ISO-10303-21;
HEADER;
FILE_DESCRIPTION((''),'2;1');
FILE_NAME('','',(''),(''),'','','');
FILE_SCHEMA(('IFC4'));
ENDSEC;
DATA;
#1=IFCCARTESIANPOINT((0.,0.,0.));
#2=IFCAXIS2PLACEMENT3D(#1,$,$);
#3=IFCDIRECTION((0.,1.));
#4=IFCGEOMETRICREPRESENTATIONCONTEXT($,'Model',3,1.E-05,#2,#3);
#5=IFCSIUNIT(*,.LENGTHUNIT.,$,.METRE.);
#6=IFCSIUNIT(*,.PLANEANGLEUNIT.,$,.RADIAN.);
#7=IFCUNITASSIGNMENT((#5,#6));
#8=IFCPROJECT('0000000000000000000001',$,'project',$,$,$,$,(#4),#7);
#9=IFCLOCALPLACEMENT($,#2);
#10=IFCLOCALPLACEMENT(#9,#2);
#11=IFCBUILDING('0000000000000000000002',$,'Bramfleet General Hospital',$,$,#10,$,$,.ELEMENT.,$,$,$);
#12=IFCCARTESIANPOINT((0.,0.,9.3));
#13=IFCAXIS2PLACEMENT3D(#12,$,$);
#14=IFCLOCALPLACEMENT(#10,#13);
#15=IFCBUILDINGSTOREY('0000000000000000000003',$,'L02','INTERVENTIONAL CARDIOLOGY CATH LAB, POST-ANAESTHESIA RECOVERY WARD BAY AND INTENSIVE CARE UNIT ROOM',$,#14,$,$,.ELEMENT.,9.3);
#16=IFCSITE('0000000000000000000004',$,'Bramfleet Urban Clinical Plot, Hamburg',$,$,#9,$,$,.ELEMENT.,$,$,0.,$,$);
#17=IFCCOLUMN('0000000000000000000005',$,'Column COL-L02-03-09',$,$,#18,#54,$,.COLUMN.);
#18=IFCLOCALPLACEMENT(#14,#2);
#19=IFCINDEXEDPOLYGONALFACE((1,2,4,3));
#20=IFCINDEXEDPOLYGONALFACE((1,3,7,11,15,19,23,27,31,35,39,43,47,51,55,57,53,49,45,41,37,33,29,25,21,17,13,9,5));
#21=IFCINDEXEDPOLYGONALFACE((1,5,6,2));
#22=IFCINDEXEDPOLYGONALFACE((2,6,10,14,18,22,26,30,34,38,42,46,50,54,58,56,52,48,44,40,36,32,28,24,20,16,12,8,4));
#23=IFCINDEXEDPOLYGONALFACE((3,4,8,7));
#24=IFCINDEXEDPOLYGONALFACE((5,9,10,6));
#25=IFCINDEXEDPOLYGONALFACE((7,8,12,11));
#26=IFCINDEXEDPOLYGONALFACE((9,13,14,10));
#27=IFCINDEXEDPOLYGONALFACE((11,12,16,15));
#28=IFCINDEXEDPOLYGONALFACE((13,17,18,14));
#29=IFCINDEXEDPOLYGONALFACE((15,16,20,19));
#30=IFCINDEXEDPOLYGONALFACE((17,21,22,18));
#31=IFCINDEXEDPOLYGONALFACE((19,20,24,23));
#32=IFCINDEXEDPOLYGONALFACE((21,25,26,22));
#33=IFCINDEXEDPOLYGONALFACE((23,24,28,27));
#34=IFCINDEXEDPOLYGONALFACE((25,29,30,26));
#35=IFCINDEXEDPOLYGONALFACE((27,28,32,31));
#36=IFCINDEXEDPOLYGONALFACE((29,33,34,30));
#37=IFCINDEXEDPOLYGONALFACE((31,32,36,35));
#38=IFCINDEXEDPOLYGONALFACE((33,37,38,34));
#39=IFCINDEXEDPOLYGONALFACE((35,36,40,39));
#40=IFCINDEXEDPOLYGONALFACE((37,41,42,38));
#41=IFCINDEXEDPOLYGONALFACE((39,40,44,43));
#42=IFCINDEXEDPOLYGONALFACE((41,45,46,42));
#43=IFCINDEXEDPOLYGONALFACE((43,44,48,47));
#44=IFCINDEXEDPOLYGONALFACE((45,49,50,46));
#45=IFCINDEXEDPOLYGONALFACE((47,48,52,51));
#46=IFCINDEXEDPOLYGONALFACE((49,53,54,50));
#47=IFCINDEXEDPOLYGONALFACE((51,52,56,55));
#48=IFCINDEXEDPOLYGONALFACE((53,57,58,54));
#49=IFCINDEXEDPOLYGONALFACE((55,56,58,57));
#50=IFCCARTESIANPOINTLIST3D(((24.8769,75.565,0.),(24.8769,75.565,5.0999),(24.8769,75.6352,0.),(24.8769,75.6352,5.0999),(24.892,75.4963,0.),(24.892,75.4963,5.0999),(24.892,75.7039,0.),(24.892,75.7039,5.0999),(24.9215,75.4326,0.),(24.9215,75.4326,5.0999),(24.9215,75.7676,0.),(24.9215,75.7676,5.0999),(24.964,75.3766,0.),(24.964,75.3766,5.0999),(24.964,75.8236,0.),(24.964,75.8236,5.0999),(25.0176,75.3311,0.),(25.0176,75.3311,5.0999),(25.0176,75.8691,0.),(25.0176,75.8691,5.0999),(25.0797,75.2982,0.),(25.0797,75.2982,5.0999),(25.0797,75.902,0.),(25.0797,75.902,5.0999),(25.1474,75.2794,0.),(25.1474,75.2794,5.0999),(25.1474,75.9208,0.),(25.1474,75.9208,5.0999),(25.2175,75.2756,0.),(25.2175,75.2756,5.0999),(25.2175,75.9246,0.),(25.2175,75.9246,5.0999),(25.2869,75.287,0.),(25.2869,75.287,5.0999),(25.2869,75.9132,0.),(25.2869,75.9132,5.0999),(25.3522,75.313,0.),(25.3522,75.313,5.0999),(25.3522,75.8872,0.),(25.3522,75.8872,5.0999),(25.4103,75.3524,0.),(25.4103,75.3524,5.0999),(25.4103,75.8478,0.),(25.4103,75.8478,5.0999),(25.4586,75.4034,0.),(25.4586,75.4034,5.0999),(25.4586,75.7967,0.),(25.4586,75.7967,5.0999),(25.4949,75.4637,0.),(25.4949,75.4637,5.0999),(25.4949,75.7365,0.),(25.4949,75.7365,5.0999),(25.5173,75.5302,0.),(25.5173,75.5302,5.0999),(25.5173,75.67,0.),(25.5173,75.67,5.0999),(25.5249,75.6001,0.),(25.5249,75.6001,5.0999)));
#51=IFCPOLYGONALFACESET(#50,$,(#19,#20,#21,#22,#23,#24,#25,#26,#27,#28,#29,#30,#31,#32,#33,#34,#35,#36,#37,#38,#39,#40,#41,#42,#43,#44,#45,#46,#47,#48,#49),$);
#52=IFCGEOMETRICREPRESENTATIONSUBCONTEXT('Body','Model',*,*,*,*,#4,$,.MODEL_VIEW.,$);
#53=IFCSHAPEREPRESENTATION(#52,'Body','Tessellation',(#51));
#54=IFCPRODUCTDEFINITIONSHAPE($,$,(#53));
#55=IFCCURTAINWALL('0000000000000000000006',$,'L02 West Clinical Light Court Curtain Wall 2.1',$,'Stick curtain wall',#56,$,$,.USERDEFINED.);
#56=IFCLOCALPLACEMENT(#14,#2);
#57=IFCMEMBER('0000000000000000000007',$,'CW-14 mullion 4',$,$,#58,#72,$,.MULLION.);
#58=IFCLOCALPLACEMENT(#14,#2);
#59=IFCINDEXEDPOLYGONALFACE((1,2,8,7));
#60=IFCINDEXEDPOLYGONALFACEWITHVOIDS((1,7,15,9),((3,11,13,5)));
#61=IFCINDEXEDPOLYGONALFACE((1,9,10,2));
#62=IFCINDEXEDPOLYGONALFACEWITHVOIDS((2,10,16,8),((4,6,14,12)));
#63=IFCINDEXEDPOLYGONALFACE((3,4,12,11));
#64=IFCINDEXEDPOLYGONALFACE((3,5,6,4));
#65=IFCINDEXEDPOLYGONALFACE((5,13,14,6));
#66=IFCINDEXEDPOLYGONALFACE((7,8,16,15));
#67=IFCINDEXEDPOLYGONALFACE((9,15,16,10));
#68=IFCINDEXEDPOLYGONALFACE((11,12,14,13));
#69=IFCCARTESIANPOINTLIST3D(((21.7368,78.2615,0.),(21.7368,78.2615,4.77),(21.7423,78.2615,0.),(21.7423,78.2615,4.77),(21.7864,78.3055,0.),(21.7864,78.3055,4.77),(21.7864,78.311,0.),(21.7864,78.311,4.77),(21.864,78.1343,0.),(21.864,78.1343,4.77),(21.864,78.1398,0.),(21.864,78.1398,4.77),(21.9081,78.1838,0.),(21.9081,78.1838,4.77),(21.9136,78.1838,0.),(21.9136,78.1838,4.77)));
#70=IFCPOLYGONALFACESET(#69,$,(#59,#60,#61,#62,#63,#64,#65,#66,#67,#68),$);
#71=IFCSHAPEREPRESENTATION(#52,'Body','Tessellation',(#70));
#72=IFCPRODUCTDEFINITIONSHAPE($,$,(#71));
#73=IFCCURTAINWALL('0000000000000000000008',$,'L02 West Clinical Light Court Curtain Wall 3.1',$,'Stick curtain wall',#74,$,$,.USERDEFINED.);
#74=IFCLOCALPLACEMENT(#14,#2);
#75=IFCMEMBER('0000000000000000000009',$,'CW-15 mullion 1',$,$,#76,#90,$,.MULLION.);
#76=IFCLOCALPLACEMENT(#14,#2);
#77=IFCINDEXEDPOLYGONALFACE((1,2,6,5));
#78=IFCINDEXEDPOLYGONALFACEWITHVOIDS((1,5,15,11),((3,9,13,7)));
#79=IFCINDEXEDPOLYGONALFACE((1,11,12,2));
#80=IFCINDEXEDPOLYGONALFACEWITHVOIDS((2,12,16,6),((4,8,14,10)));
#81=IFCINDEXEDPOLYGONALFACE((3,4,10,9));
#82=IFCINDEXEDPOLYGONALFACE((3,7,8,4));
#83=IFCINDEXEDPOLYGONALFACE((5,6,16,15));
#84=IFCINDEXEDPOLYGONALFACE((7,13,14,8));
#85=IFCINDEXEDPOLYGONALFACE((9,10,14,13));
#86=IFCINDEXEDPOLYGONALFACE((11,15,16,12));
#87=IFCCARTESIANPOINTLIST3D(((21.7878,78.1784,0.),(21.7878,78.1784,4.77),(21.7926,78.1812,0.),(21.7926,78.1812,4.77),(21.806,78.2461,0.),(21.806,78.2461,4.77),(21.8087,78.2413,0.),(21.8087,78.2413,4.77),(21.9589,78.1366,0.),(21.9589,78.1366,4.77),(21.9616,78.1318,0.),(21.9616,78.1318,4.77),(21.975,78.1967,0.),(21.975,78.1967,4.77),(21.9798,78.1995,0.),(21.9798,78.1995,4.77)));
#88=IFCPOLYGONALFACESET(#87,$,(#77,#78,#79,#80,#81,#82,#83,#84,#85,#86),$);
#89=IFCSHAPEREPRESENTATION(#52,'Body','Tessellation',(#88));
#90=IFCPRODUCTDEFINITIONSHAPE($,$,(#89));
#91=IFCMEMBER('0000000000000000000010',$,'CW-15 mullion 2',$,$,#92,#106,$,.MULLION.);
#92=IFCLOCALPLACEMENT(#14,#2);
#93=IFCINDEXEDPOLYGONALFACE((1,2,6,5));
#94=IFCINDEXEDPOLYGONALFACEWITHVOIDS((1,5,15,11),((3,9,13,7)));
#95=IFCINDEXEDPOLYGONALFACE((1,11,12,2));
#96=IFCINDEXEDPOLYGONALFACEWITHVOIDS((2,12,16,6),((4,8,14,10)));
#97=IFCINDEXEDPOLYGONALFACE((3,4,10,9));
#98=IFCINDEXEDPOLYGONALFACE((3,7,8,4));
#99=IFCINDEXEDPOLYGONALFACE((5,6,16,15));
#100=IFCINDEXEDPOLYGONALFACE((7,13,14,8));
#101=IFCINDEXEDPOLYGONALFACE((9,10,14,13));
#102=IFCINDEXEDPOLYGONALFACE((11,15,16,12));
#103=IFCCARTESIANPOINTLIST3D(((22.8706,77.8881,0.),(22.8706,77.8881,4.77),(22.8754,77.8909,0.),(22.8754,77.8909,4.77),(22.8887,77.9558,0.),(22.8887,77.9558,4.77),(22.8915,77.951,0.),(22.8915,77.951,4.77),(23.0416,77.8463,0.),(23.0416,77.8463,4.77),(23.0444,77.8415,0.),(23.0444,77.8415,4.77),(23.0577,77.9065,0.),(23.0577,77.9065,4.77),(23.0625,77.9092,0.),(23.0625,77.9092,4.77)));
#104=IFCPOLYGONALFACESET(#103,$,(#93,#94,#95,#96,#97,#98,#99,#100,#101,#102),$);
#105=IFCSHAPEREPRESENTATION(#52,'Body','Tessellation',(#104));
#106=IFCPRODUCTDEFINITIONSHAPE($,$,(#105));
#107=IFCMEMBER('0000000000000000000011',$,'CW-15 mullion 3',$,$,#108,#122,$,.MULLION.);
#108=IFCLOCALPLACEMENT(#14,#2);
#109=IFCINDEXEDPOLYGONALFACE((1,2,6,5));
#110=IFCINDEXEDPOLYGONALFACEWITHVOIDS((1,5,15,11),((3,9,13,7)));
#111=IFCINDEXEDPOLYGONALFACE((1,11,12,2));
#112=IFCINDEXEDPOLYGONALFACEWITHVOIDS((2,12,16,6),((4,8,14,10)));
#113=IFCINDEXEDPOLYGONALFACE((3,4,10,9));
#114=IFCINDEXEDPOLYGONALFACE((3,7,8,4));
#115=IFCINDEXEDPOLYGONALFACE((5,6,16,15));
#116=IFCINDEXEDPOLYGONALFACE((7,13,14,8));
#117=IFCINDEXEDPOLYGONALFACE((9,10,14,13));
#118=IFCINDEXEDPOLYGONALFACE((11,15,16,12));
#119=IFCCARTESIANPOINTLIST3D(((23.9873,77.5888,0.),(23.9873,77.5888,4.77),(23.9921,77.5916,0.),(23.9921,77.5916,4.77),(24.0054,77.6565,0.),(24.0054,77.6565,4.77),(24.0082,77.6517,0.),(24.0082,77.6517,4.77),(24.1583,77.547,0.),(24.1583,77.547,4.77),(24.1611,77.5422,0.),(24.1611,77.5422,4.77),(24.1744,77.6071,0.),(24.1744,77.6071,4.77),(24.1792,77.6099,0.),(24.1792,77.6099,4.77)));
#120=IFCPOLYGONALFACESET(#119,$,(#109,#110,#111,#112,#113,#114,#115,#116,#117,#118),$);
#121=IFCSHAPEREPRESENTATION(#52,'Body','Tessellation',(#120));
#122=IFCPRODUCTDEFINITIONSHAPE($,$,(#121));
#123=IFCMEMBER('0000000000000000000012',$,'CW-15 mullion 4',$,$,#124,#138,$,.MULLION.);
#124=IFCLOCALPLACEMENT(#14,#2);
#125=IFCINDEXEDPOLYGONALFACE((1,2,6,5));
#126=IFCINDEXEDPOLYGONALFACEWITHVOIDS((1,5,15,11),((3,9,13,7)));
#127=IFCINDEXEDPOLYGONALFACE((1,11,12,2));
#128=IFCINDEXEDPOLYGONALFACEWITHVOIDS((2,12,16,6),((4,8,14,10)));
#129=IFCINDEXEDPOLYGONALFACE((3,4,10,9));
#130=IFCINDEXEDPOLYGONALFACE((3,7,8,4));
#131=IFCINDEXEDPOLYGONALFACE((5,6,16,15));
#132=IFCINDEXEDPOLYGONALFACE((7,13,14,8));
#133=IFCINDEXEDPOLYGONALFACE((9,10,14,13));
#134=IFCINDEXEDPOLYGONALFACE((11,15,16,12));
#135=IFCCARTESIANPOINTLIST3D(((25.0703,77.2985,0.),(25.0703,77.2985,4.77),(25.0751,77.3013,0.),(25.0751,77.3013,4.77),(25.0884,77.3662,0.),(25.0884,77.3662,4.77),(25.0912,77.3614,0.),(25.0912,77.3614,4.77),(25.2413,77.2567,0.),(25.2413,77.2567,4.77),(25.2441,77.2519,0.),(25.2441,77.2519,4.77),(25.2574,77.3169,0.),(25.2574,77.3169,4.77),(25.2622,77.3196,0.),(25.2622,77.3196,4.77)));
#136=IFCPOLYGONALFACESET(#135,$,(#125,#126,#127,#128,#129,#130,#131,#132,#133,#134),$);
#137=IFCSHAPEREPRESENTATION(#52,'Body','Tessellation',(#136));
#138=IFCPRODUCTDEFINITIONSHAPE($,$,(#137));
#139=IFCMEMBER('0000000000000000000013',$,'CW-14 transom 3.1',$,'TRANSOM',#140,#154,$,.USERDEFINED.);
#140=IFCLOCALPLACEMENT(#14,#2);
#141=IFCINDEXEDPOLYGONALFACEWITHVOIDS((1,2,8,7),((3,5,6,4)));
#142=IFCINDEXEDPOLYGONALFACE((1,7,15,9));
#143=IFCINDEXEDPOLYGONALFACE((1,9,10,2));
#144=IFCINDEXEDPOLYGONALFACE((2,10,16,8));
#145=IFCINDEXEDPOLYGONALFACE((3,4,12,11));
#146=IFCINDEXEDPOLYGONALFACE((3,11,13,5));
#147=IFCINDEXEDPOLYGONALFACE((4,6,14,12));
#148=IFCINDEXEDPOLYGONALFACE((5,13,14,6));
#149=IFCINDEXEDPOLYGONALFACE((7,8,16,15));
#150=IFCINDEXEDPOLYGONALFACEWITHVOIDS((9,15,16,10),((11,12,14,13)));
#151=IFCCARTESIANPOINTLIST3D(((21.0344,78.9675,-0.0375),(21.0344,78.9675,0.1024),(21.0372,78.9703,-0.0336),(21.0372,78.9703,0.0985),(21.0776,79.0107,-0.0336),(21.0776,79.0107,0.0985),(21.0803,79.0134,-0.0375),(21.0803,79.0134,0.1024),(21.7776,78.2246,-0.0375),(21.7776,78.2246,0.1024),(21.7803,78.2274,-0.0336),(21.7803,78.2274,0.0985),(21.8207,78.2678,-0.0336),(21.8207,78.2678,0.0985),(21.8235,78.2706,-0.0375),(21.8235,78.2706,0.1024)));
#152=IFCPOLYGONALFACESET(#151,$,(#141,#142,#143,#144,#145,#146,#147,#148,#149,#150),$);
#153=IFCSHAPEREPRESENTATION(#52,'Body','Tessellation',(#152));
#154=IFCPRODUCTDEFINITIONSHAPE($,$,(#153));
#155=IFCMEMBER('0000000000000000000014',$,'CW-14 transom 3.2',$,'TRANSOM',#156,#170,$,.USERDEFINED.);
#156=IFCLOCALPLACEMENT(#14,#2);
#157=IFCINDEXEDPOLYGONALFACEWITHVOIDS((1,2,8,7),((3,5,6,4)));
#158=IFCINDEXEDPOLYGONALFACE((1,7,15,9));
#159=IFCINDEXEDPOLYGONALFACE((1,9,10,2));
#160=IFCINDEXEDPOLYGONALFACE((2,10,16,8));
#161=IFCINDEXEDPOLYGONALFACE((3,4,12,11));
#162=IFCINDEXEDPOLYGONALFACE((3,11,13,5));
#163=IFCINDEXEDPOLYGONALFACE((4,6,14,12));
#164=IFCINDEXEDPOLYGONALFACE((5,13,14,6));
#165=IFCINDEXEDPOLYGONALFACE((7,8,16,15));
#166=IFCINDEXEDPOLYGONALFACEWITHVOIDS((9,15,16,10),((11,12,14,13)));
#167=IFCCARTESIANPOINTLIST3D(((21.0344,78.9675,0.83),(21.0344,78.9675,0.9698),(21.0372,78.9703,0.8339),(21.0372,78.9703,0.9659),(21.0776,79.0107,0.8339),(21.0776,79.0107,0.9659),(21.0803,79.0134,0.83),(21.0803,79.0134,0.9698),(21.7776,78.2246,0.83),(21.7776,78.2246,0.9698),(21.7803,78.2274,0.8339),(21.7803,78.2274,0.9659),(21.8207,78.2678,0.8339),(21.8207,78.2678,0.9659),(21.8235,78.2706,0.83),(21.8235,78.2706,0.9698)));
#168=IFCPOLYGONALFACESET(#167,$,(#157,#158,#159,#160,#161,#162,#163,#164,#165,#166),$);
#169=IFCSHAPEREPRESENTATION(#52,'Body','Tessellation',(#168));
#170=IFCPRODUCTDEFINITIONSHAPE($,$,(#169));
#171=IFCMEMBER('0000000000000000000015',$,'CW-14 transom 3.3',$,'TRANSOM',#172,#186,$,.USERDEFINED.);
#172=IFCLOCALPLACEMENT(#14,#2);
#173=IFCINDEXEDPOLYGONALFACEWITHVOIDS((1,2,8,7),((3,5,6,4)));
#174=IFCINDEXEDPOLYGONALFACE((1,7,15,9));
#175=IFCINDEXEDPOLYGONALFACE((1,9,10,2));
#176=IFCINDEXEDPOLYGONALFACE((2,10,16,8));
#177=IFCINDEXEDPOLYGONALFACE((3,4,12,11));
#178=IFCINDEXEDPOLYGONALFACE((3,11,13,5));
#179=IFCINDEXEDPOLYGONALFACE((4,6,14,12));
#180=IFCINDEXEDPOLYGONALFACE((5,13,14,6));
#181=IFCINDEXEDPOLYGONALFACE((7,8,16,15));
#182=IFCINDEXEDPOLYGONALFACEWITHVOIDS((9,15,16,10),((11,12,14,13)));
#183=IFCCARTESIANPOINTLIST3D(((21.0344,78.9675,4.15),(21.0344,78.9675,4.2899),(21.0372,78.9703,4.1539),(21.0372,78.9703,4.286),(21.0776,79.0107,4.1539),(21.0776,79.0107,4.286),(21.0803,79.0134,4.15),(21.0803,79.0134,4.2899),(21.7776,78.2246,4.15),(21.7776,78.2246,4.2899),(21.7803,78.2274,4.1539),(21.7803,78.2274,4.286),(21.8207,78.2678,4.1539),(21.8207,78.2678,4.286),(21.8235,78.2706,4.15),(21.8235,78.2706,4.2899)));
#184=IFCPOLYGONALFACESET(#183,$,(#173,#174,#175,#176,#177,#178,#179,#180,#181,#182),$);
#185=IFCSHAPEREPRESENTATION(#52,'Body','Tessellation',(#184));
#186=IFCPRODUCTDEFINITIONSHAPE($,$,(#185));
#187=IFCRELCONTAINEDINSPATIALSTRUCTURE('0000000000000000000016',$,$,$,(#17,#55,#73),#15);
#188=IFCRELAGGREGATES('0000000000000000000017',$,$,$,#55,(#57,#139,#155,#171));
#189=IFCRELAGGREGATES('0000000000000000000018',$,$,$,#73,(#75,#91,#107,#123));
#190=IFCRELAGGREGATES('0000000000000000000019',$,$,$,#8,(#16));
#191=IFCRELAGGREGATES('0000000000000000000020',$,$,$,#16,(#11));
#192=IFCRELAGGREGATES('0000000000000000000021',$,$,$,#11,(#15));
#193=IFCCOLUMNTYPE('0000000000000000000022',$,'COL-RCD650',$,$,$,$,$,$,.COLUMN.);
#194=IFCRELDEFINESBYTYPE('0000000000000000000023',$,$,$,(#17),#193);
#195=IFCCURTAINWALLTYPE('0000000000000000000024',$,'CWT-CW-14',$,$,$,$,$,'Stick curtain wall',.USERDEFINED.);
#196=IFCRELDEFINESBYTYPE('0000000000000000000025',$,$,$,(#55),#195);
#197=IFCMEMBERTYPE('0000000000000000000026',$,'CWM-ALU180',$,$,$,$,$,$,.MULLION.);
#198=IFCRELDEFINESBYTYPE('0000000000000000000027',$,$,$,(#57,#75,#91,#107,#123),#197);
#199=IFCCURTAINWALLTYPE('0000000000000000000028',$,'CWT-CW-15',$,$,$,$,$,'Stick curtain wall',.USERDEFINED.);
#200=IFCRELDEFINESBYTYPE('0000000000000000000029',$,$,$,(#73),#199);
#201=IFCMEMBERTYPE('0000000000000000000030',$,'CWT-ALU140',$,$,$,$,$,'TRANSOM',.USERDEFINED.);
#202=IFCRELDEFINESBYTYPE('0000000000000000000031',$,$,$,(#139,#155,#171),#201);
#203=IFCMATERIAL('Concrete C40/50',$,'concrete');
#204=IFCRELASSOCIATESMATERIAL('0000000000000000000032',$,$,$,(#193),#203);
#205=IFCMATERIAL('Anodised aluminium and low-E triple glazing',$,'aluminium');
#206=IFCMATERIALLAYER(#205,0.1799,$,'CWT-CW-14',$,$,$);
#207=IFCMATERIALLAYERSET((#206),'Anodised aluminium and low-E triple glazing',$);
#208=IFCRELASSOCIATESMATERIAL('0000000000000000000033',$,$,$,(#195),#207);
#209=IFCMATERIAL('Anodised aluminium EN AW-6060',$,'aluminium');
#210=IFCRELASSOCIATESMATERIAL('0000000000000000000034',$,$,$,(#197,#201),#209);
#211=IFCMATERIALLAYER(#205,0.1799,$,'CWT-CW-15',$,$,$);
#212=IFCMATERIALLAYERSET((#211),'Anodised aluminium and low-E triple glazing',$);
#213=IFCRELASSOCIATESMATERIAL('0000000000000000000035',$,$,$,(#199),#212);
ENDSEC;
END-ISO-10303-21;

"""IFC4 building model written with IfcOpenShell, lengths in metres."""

from ifc_helpers import new_model, si_unit, direction, frame, origin, origin_2d, place, context, subcontext, project, spatial, hollow_rectangle, circle, extrude, material, layer, layer_set, material_profile, profile_set, type_object, element, aggregate, save


model = new_model("IFC4")

# Units and contexts
model_context = context("Model", 3, precision=1e-05, world=origin(), true_north=direction((0.0, 1.0)))
body_context = subcontext(model_context, "Body", "Model", "MODEL_VIEW")
ifc_project = project(units=[si_unit("LENGTHUNIT", "METRE"), si_unit("PLANEANGLEUNIT", "RADIAN")], contexts=[model_context])

# Site, building, storey
site_placement = place(None, origin())
site = spatial("IfcSite", under=ifc_project, at=site_placement, Name="Bramfleet Urban Clinical Plot, Hamburg", CompositionType="ELEMENT", RefElevation=0.0)
building_placement = place(site_placement, origin())
building = spatial("IfcBuilding", under=site, at=building_placement, Name="Bramfleet General Hospital", CompositionType="ELEMENT")
storey_placement = place(building_placement, frame((0.0, 0.0, 9.3)))
storey = spatial("IfcBuildingStorey", under=building, at=storey_placement, Name="L02", Description="INTERVENTIONAL CARDIOLOGY CATH LAB, POST-ANAESTHESIA RECOVERY WARD BAY AND INTENSIVE CARE UNIT ROOM", CompositionType="ELEMENT", Elevation=9.3)

# Column
ifc_material_1 = material(Name="Concrete C40/50", Category="concrete")
ifc_material_profile_1 = material_profile(ifc_material_1, circle(Radius=0.325, at=origin_2d()), Name="RC ROUND D650")
ifc_profile_set_1 = profile_set([ifc_material_profile_1], Name="Concrete C40/50")
column_type = type_object("IfcColumnType", Name="COL-RCD650", PredefinedType="COLUMN", material=ifc_profile_set_1)
column_placement = place(storey_placement, frame((25.2, 75.6001, 0.0), z_axis=(0.0, 0.0, 1.0), x_axis=(1.0, 0.0, 0.0)))
element("IfcColumn", 1, at=column_placement, inside=storey, type_object=column_type, Name="Column COL-L02-03-09", PredefinedType="COLUMN", context=body_context, shape_type="SweptSolid", body=[
    extrude(circle(Radius=0.325, at=origin_2d()), origin(), (0.0, 0.0, 1.0), 5.0999),
])

# Curtain wall, member
ifc_material_2 = material(Name="Anodised aluminium and low-E triple glazing", Category="aluminium")
ifc_layer_1 = layer(ifc_material_2, 0.1799, Name="CWT-CW-14")
ifc_layer_set_1 = layer_set([ifc_layer_1], Name="Anodised aluminium and low-E triple glazing")
curtain_wall_type_1 = type_object("IfcCurtainWallType", Name="CWT-CW-14", ElementType="Stick curtain wall", PredefinedType="USERDEFINED", material=ifc_layer_set_1)
curtain_wall_1_placement = place(storey_placement, origin())
curtain_wall_1 = element("IfcCurtainWall", 2, at=curtain_wall_1_placement, inside=storey, type_object=curtain_wall_type_1, Name="L02 West Clinical Light Court Curtain Wall 2.1", ObjectType="Stick curtain wall", PredefinedType="USERDEFINED")
ifc_material_3 = material(Name="Anodised aluminium EN AW-6060", Category="aluminium")
ifc_material_profile_2 = material_profile(ifc_material_3, hollow_rectangle(XDim=0.0701, YDim=0.1799, WallThickness=0.0039, at=origin_2d()), Name="ALU 180x70x4.0")
ifc_profile_set_2 = profile_set([ifc_material_profile_2], Name="Anodised aluminium EN AW-6060")
member_type_1 = type_object("IfcMemberType", Name="CWM-ALU180", PredefinedType="MULLION", material=ifc_profile_set_2)
member_1_placement = place(storey_placement, frame((21.8252, 78.2227, 0.0), z_axis=(0.0, 0.0, 1.0), x_axis=(0.707107, 0.707107, 0.0)))
member_1 = element("IfcMember", 3, at=member_1_placement, type_object=member_type_1, Name="CW-14 mullion 4", PredefinedType="MULLION", context=body_context, shape_type="SweptSolid", body=[
    extrude(hollow_rectangle(XDim=0.0701, YDim=0.1799, WallThickness=0.0039, at=origin_2d()), origin(), (0.0, 0.0, 1.0), 4.77),
])

# Curtain wall, members
ifc_layer_2 = layer(ifc_material_2, 0.1799, Name="CWT-CW-15")
ifc_layer_set_2 = layer_set([ifc_layer_2], Name="Anodised aluminium and low-E triple glazing")
curtain_wall_type_2 = type_object("IfcCurtainWallType", Name="CWT-CW-15", ElementType="Stick curtain wall", PredefinedType="USERDEFINED", material=ifc_layer_set_2)
curtain_wall_2_placement = place(storey_placement, origin())
curtain_wall_2 = element("IfcCurtainWall", 4, at=curtain_wall_2_placement, inside=storey, type_object=curtain_wall_type_2, Name="L02 West Clinical Light Court Curtain Wall 3.1", ObjectType="Stick curtain wall", PredefinedType="USERDEFINED")
member_2_placement = place(storey_placement, frame((21.8838, 78.189, 0.0), z_axis=(0.0, 0.0, 1.0), x_axis=(0.258919, 0.965899, 0.0)))
member_2 = element("IfcMember", 5, at=member_2_placement, type_object=member_type_1, Name="CW-15 mullion 1", PredefinedType="MULLION", context=body_context, shape_type="SweptSolid", body=[
    extrude(hollow_rectangle(XDim=0.0701, YDim=0.1799, WallThickness=0.0039, at=origin_2d()), origin(), (0.0, 0.0, 1.0), 4.77),
])
member_3_placement = place(storey_placement, frame((22.9666, 77.8987, 0.0), z_axis=(0.0, 0.0, 1.0), x_axis=(0.258919, 0.965899, 0.0)))
member_3 = element("IfcMember", 6, at=member_3_placement, type_object=member_type_1, Name="CW-15 mullion 2", PredefinedType="MULLION", context=body_context, shape_type="SweptSolid", body=[
    extrude(hollow_rectangle(XDim=0.0701, YDim=0.1799, WallThickness=0.0039, at=origin_2d()), origin(), (0.0, 0.0, 1.0), 4.77),
])
member_4_placement = place(storey_placement, frame((24.0833, 77.5994, 0.0), z_axis=(0.0, 0.0, 1.0), x_axis=(0.258919, 0.965899, 0.0)))
member_4 = element("IfcMember", 7, at=member_4_placement, type_object=member_type_1, Name="CW-15 mullion 3", PredefinedType="MULLION", context=body_context, shape_type="SweptSolid", body=[
    extrude(hollow_rectangle(XDim=0.0701, YDim=0.1799, WallThickness=0.0039, at=origin_2d()), origin(), (0.0, 0.0, 1.0), 4.77),
])
member_5_placement = place(storey_placement, frame((25.1663, 77.3091, 0.0), z_axis=(0.0, 0.0, 1.0), x_axis=(0.258919, 0.965899, 0.0)))
member_5 = element("IfcMember", 8, at=member_5_placement, type_object=member_type_1, Name="CW-15 mullion 4", PredefinedType="MULLION", context=body_context, shape_type="SweptSolid", body=[
    extrude(hollow_rectangle(XDim=0.0701, YDim=0.1799, WallThickness=0.0039, at=origin_2d()), origin(), (0.0, 0.0, 1.0), 4.77),
])

# Members
ifc_material_profile_3 = material_profile(ifc_material_3, hollow_rectangle(XDim=0.0649, YDim=0.1399, WallThickness=0.0039, at=origin_2d()), Name="ALU 140x65x4.0")
ifc_profile_set_3 = profile_set([ifc_material_profile_3], Name="Anodised aluminium EN AW-6060")
member_type_2 = type_object("IfcMemberType", Name="CWT-ALU140", ElementType="TRANSOM", PredefinedType="USERDEFINED", material=ifc_profile_set_3)
member_6_placement = place(storey_placement, frame((21.0574, 78.9905, 0.0325), z_axis=(0.707223, -0.706991, 0.0), x_axis=(0.706991, 0.707223, 0.0)))
member_6 = element("IfcMember", 9, at=member_6_placement, type_object=member_type_2, Name="CW-14 transom 3.1", ObjectType="TRANSOM", PredefinedType="USERDEFINED", context=body_context, shape_type="SweptSolid", body=[
    extrude(hollow_rectangle(XDim=0.0649, YDim=0.1399, WallThickness=0.0039, at=origin_2d()), origin(), (0.0, 0.0, 1.0), 1.0508),
])
member_7_placement = place(storey_placement, frame((21.0574, 78.9905, 0.8999), z_axis=(0.707223, -0.706991, 0.0), x_axis=(0.706991, 0.707223, 0.0)))
member_7 = element("IfcMember", 10, at=member_7_placement, type_object=member_type_2, Name="CW-14 transom 3.2", ObjectType="TRANSOM", PredefinedType="USERDEFINED", context=body_context, shape_type="SweptSolid", body=[
    extrude(hollow_rectangle(XDim=0.0649, YDim=0.1399, WallThickness=0.0039, at=origin_2d()), origin(), (0.0, 0.0, 1.0), 1.0508),
])
member_8_placement = place(storey_placement, frame((21.0574, 78.9905, 4.22), z_axis=(0.707223, -0.706991, 0.0), x_axis=(0.706991, 0.707223, 0.0)))
member_8 = element("IfcMember", 11, at=member_8_placement, type_object=member_type_2, Name="CW-14 transom 3.3", ObjectType="TRANSOM", PredefinedType="USERDEFINED", context=body_context, shape_type="SweptSolid", body=[
    extrude(hollow_rectangle(XDim=0.0649, YDim=0.1399, WallThickness=0.0039, at=origin_2d()), origin(), (0.0, 0.0, 1.0), 1.0508),
])

aggregate(curtain_wall_1, [member_1, member_6, member_7, member_8])
aggregate(curtain_wall_2, [member_2, member_3, member_4, member_5])

save(model, "model.ifc")
